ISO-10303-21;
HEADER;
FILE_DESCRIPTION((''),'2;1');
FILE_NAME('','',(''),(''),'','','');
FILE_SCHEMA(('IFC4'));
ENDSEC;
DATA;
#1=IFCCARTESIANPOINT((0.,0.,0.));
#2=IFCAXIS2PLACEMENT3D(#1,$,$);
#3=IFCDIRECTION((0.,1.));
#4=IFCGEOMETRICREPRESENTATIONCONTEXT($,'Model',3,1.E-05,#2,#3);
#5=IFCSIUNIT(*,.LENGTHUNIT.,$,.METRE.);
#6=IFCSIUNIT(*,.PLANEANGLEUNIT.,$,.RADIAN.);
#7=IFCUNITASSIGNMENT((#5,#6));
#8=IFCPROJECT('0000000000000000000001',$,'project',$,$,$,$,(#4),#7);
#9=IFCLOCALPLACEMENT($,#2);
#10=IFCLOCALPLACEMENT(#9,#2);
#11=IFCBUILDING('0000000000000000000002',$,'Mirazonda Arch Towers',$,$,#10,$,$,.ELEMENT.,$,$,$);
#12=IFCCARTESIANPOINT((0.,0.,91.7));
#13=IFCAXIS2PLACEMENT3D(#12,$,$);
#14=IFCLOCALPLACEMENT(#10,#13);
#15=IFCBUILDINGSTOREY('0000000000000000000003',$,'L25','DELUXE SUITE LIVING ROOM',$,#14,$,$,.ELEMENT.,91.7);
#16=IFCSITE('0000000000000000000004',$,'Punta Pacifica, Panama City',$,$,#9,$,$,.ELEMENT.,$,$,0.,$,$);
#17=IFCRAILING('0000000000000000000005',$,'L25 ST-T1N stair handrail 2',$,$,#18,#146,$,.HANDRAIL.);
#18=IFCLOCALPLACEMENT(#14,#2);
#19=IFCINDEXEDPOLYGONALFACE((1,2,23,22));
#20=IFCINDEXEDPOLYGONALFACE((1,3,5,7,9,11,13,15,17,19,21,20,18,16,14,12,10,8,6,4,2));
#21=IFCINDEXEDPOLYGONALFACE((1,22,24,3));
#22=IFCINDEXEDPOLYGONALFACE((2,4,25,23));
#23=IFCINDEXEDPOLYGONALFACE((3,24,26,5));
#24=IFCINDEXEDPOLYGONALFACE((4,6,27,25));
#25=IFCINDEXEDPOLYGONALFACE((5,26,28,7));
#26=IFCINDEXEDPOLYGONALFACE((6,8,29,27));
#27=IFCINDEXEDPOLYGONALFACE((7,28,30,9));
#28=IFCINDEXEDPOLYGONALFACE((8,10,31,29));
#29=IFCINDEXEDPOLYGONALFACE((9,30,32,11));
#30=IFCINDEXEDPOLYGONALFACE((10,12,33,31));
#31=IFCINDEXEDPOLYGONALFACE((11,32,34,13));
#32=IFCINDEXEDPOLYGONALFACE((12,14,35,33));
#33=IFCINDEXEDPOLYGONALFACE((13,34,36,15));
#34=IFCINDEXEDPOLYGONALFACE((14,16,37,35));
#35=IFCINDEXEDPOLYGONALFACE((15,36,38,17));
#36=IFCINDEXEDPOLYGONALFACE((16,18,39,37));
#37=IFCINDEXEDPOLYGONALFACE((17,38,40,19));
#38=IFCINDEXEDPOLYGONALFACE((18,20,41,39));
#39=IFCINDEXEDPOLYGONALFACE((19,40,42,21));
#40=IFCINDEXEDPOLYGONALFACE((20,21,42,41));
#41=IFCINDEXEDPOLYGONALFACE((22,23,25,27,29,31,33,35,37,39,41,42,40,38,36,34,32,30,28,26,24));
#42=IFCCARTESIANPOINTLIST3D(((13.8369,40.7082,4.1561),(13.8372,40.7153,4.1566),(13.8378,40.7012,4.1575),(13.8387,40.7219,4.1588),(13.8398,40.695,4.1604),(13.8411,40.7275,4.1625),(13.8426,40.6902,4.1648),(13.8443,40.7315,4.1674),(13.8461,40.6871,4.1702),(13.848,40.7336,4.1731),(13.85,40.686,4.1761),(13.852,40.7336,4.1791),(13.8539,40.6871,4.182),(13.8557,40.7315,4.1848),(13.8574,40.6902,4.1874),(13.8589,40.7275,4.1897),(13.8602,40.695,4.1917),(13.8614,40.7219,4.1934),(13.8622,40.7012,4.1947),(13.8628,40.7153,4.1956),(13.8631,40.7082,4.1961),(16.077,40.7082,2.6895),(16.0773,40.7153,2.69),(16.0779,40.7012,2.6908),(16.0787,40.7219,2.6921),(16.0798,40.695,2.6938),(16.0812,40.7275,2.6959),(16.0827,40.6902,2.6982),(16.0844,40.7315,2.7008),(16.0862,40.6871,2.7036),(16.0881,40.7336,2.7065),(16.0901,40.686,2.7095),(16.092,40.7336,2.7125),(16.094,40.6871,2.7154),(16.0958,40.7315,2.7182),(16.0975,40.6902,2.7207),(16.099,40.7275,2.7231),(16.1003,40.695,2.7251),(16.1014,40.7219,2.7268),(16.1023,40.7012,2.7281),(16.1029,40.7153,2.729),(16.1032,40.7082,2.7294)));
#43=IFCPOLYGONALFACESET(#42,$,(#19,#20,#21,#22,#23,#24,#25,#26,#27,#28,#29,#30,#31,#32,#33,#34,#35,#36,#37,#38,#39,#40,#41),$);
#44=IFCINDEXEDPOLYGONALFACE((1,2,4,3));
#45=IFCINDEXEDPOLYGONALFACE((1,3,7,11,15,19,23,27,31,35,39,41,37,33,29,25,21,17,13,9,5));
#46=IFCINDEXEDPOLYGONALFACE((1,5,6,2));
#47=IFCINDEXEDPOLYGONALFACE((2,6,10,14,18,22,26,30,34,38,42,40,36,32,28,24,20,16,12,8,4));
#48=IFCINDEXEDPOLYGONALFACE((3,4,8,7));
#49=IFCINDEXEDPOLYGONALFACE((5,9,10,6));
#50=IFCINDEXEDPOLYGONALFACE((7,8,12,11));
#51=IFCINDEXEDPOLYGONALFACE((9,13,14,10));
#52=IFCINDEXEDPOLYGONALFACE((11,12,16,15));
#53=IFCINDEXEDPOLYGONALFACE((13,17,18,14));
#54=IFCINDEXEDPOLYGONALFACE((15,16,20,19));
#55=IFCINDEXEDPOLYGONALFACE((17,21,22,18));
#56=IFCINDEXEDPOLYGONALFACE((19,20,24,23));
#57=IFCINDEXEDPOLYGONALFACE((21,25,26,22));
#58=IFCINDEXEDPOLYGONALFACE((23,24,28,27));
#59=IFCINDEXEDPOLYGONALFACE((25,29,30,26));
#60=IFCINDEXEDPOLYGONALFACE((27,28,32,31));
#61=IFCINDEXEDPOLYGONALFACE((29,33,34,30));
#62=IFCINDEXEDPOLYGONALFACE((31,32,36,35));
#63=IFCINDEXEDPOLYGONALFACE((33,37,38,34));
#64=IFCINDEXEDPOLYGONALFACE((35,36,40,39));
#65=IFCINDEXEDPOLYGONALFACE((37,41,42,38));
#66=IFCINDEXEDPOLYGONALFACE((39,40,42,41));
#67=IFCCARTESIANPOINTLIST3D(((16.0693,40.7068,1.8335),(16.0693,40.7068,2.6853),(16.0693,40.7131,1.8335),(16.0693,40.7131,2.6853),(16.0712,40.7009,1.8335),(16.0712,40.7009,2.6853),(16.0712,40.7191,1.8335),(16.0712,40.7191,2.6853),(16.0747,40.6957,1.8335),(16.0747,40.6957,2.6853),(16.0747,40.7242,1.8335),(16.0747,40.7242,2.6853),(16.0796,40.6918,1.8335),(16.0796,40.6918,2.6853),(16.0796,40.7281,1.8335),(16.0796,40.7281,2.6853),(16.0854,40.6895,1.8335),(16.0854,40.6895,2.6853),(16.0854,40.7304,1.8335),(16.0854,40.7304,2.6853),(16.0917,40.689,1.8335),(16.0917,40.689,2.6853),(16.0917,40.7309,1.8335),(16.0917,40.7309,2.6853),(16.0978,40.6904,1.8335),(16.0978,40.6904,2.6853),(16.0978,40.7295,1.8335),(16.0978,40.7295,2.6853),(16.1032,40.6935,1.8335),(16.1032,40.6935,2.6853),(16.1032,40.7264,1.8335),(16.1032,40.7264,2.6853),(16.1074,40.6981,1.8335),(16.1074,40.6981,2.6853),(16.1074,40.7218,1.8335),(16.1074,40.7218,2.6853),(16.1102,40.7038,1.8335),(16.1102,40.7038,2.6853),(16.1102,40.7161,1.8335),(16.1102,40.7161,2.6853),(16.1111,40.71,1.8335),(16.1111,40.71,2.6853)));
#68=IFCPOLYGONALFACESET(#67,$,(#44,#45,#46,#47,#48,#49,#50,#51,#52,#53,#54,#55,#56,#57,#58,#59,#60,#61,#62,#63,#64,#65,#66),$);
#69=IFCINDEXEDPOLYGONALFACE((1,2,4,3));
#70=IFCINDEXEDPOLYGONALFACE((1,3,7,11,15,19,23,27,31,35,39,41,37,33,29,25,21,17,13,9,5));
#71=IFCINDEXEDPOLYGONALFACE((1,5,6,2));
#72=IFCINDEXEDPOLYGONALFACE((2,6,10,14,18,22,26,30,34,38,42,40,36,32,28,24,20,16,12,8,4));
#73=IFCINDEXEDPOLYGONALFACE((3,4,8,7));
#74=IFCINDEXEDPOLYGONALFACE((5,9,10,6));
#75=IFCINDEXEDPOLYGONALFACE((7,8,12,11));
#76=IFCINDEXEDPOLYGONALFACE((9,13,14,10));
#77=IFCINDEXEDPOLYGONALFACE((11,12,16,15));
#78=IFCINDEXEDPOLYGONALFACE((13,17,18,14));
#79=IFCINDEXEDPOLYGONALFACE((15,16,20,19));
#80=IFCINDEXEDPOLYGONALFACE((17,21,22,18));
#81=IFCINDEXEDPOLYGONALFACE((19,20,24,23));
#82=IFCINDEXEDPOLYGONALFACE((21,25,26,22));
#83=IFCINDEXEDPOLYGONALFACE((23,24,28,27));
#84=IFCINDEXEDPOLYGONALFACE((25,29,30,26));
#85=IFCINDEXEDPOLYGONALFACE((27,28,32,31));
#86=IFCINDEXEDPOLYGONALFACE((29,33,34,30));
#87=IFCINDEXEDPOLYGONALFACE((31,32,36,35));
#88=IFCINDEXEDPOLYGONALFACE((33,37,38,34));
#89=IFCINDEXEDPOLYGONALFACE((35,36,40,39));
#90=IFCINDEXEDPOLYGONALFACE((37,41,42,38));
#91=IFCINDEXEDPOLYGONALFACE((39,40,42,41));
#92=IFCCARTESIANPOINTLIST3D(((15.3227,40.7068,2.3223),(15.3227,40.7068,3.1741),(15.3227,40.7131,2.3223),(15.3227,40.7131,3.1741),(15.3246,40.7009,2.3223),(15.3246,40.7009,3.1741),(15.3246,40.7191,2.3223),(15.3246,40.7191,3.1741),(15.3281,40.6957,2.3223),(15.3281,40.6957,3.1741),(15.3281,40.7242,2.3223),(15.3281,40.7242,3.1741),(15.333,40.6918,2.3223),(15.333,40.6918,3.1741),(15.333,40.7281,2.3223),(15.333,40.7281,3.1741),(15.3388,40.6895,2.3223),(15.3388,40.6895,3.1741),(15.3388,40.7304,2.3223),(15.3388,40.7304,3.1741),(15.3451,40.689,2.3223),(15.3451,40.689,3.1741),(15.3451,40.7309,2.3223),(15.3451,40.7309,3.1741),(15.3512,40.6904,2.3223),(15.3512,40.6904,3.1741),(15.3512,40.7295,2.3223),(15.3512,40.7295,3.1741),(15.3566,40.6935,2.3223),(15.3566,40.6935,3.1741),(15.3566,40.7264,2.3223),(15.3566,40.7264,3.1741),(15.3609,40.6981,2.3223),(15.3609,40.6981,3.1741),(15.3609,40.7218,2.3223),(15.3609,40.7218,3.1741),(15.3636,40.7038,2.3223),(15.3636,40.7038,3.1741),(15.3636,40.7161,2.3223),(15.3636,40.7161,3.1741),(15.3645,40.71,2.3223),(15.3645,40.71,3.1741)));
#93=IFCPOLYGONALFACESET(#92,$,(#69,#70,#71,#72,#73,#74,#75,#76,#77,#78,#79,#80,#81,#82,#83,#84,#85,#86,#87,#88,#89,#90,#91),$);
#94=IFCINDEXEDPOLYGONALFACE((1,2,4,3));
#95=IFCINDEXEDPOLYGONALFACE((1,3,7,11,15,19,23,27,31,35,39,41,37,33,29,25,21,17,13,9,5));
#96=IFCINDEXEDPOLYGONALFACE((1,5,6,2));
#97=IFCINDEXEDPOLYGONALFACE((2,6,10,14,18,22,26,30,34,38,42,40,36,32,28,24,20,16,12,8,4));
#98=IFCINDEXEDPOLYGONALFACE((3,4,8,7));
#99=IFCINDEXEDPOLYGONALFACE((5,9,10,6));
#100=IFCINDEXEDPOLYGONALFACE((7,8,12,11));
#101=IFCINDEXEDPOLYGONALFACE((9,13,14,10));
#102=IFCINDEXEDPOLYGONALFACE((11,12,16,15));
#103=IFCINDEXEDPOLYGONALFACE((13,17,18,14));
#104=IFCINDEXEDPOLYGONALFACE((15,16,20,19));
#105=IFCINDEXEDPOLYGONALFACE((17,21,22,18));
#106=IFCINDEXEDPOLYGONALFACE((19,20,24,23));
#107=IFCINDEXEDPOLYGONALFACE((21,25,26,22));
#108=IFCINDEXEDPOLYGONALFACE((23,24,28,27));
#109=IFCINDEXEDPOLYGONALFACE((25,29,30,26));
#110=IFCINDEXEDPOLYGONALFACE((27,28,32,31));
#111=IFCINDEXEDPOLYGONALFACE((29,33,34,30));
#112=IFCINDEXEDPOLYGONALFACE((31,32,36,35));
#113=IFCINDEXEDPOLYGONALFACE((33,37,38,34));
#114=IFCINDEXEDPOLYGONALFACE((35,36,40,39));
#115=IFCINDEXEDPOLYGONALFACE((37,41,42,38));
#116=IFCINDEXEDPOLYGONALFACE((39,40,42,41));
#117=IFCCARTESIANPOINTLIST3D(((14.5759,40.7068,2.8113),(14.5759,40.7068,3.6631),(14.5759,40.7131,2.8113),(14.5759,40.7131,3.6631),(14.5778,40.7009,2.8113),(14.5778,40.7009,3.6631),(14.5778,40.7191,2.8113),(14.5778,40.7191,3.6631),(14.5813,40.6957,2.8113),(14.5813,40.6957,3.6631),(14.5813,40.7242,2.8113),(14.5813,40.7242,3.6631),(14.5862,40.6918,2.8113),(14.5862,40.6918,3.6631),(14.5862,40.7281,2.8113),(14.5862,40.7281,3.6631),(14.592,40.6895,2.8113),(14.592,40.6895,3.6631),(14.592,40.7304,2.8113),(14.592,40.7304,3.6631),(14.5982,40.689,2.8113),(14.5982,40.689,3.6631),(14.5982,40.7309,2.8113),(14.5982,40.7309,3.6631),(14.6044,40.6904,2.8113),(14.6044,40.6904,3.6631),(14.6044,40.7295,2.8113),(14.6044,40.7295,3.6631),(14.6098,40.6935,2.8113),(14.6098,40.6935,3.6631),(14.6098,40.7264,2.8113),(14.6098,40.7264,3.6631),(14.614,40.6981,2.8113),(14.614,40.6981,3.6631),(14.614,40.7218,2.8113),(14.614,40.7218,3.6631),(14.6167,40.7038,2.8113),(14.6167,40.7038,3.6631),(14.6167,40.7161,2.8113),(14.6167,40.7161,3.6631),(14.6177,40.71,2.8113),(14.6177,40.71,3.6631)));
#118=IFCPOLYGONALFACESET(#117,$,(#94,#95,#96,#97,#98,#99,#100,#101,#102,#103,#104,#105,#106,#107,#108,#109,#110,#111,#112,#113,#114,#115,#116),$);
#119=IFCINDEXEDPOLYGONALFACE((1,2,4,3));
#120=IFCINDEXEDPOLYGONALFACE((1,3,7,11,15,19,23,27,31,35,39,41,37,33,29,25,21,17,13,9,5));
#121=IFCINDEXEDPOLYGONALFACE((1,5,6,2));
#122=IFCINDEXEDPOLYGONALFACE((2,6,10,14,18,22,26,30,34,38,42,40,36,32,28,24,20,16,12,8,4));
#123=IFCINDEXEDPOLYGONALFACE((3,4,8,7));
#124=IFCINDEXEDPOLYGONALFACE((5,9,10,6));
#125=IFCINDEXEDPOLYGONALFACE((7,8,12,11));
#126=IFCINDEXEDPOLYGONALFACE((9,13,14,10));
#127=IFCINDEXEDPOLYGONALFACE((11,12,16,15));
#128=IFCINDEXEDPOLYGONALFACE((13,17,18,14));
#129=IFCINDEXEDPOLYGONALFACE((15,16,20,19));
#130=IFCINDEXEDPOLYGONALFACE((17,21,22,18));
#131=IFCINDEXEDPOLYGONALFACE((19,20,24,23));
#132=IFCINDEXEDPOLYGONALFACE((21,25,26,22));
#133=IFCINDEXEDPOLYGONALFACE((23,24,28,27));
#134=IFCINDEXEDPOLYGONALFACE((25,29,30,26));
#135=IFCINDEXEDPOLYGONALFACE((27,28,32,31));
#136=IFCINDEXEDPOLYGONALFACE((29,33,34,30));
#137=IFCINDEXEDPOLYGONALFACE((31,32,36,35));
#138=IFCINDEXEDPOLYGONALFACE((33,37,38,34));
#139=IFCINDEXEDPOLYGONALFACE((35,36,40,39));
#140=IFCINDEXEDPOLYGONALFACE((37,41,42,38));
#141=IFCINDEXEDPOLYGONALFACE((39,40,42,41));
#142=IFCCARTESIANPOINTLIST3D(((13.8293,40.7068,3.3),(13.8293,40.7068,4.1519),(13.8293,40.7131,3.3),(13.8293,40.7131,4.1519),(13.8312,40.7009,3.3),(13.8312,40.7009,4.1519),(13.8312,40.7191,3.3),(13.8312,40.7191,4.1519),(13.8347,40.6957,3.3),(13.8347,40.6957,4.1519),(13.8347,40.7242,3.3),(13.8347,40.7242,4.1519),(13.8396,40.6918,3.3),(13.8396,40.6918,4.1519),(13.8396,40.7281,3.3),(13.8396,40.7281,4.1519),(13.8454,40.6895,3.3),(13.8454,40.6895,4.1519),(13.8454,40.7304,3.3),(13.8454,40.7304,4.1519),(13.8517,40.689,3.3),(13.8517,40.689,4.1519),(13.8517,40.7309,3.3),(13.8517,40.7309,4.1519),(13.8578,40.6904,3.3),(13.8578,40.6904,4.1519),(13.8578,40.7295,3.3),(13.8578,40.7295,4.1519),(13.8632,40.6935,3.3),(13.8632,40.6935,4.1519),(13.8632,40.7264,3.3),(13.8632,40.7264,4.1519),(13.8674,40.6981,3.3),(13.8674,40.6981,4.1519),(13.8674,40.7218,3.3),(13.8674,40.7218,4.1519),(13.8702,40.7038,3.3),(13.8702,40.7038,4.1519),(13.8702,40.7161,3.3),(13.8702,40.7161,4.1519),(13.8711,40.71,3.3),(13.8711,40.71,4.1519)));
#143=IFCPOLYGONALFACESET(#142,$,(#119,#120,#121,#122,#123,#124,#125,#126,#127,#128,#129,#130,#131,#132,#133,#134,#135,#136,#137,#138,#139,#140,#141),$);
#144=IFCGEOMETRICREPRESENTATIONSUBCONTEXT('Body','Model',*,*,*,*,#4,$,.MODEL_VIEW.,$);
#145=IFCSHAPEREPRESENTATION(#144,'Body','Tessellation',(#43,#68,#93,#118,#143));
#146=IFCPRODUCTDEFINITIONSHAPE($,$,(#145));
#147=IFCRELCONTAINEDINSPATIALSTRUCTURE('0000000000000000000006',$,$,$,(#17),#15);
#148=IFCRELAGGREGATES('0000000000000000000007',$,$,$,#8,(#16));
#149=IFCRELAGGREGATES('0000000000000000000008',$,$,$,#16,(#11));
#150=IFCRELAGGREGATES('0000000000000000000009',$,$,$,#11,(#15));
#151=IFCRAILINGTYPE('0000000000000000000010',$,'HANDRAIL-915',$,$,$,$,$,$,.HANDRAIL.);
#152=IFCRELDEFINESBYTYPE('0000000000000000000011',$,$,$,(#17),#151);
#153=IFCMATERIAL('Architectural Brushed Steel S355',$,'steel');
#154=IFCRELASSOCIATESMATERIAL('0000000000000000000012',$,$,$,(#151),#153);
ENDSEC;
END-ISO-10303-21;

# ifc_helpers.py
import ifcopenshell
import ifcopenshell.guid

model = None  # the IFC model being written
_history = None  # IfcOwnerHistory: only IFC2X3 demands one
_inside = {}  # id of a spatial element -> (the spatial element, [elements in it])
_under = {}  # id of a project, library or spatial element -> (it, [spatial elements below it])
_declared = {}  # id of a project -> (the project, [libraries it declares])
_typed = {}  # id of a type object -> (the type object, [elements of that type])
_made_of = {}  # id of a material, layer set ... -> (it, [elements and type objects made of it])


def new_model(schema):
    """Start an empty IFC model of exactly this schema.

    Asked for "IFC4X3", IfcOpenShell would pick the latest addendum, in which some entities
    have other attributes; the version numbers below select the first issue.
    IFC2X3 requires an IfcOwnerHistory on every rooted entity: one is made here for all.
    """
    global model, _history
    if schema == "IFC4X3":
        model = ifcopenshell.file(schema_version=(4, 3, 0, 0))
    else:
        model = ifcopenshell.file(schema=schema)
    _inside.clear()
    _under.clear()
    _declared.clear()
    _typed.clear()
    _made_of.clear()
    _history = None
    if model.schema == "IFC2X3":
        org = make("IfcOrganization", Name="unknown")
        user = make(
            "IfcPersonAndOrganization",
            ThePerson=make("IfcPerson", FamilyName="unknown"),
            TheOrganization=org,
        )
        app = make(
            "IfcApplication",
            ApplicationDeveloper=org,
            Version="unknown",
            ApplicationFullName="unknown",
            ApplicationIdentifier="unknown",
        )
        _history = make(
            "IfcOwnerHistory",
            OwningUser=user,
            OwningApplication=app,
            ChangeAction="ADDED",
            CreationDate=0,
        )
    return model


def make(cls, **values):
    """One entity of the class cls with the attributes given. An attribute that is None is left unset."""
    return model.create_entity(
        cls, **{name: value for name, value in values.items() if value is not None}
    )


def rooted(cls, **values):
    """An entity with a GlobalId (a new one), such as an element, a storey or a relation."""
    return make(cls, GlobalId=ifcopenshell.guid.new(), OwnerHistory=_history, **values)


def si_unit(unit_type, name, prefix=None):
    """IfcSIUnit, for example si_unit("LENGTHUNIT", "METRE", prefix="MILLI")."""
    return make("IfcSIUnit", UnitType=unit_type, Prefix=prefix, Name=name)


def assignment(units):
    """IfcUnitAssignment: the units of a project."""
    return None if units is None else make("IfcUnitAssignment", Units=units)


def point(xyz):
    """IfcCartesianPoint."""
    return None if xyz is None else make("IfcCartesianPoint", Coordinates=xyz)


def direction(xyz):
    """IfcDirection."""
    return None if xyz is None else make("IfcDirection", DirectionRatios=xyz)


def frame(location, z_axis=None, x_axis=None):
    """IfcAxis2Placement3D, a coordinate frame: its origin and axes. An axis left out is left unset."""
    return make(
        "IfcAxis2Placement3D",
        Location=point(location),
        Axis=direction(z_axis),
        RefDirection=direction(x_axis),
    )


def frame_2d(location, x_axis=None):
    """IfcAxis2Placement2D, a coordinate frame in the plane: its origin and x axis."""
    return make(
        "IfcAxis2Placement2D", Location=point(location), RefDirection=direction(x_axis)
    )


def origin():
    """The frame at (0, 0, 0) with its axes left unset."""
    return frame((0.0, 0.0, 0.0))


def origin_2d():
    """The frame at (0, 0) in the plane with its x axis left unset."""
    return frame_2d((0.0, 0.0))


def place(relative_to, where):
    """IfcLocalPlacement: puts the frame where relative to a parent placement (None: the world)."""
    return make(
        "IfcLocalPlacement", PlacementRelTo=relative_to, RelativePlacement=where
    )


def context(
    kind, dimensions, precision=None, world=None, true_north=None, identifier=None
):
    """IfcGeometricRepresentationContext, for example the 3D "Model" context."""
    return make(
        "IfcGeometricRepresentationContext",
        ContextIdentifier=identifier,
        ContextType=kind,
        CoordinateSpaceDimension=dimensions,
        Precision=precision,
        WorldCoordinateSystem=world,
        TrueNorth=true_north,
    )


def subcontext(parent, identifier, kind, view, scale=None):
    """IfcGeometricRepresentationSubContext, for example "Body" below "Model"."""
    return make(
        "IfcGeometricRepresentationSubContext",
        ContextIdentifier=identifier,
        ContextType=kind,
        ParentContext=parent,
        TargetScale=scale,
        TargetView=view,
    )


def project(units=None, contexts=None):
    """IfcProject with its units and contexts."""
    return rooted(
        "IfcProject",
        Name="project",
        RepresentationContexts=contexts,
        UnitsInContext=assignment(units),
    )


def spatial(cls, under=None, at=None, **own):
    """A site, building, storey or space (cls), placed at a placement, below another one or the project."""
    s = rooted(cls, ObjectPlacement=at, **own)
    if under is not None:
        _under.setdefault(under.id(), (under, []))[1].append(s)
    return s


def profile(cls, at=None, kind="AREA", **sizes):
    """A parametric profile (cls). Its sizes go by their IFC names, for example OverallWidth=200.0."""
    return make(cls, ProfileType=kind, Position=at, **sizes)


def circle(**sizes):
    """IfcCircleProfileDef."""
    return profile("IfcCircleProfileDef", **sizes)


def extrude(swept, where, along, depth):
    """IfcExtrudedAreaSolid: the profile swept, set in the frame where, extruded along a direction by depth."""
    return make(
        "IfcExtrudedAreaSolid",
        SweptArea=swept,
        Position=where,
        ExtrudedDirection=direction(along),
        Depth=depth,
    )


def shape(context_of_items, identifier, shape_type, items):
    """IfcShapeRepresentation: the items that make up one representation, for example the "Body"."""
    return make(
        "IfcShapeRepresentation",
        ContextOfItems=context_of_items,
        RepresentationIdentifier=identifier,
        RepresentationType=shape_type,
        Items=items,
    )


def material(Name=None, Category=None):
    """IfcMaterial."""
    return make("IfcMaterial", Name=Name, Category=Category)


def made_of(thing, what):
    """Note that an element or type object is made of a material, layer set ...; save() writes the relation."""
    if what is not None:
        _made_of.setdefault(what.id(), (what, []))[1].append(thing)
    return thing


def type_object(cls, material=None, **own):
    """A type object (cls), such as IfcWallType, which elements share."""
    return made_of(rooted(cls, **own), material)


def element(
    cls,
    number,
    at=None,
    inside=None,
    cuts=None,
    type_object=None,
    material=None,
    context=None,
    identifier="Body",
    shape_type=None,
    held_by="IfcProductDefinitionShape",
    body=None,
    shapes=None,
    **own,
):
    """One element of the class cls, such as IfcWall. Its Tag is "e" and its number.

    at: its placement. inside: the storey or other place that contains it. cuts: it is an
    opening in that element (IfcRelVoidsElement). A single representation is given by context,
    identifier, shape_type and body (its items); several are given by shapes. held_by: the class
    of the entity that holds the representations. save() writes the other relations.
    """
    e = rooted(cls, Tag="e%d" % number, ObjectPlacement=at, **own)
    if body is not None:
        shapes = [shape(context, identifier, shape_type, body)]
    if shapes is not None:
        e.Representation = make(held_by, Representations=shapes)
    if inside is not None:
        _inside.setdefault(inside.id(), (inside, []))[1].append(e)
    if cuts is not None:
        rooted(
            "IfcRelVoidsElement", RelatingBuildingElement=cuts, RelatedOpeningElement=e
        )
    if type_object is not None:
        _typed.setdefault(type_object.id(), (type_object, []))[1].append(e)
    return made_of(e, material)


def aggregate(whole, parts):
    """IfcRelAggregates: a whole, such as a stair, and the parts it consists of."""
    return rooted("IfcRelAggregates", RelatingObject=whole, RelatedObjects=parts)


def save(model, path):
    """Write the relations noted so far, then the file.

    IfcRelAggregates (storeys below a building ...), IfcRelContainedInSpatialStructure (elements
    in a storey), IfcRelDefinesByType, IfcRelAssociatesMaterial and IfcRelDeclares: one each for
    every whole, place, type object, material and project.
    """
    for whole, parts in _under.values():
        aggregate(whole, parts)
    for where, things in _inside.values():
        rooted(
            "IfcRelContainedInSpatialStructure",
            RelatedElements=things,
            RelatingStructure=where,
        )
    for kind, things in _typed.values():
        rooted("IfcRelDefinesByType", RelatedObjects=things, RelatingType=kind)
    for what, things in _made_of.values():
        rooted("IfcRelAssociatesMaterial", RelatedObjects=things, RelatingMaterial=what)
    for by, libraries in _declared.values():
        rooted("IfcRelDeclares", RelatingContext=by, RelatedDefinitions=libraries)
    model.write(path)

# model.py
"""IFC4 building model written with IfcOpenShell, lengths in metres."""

from ifc_helpers import new_model, si_unit, direction, frame, origin, origin_2d, place, context, subcontext, project, spatial, circle, extrude, material, type_object, element, save


model = new_model("IFC4")

# Units and contexts
model_context = context("Model", 3, precision=1e-05, world=origin(), true_north=direction((0.0, 1.0)))
body_context = subcontext(model_context, "Body", "Model", "MODEL_VIEW")
ifc_project = project(units=[si_unit("LENGTHUNIT", "METRE"), si_unit("PLANEANGLEUNIT", "RADIAN")], contexts=[model_context])

# Site, building, storey
site_placement = place(None, origin())
site = spatial("IfcSite", under=ifc_project, at=site_placement, Name="Punta Pacifica, Panama City", CompositionType="ELEMENT", RefElevation=0.0)
building_placement = place(site_placement, origin())
building = spatial("IfcBuilding", under=site, at=building_placement, Name="Mirazonda Arch Towers", CompositionType="ELEMENT")
storey_placement = place(building_placement, frame((0.0, 0.0, 91.7)))
storey = spatial("IfcBuildingStorey", under=building, at=storey_placement, Name="L25", Description="DELUXE SUITE LIVING ROOM", CompositionType="ELEMENT", Elevation=91.7)

# Shared definitions
ifc_material_1 = material(Name="Architectural Brushed Steel S355", Category="steel")

# Railing
railing_type_1 = type_object("IfcRailingType", Name="HANDRAIL-915", PredefinedType="HANDRAIL", material=ifc_material_1)
railing_1_placement = place(storey_placement, frame((16.0901, 40.71, 1.8335)))
element("IfcRailing", 1, at=railing_1_placement, inside=storey, type_object=railing_type_1, Name="L25 ST-T1N stair handrail 2", PredefinedType="HANDRAIL", context=body_context, shape_type="SweptSolid", body=[
    extrude(circle(Radius=0.0239, at=origin_2d()), frame((0.0, 0.0, 0.876), z_axis=(-0.836637, 0.0, 0.547758), x_axis=(0.0, -1.0, 0.0)), (0.0, 0.0, 1.0), 2.6775),
    extrude(circle(Radius=0.021, at=origin_2d()), origin(), (0.0, 0.0, 1.0), 0.8518),
    extrude(circle(Radius=0.021, at=origin_2d()), frame((-0.7466, 0.0, 0.4888)), (0.0, 0.0, 1.0), 0.8518),
    extrude(circle(Radius=0.021, at=origin_2d()), frame((-1.4934, 0.0, 0.9778)), (0.0, 0.0, 1.0), 0.8518),
    extrude(circle(Radius=0.021, at=origin_2d()), frame((-2.24, 0.0, 1.4666)), (0.0, 0.0, 1.0), 0.8518),
])

save(model, "model.ifc")
